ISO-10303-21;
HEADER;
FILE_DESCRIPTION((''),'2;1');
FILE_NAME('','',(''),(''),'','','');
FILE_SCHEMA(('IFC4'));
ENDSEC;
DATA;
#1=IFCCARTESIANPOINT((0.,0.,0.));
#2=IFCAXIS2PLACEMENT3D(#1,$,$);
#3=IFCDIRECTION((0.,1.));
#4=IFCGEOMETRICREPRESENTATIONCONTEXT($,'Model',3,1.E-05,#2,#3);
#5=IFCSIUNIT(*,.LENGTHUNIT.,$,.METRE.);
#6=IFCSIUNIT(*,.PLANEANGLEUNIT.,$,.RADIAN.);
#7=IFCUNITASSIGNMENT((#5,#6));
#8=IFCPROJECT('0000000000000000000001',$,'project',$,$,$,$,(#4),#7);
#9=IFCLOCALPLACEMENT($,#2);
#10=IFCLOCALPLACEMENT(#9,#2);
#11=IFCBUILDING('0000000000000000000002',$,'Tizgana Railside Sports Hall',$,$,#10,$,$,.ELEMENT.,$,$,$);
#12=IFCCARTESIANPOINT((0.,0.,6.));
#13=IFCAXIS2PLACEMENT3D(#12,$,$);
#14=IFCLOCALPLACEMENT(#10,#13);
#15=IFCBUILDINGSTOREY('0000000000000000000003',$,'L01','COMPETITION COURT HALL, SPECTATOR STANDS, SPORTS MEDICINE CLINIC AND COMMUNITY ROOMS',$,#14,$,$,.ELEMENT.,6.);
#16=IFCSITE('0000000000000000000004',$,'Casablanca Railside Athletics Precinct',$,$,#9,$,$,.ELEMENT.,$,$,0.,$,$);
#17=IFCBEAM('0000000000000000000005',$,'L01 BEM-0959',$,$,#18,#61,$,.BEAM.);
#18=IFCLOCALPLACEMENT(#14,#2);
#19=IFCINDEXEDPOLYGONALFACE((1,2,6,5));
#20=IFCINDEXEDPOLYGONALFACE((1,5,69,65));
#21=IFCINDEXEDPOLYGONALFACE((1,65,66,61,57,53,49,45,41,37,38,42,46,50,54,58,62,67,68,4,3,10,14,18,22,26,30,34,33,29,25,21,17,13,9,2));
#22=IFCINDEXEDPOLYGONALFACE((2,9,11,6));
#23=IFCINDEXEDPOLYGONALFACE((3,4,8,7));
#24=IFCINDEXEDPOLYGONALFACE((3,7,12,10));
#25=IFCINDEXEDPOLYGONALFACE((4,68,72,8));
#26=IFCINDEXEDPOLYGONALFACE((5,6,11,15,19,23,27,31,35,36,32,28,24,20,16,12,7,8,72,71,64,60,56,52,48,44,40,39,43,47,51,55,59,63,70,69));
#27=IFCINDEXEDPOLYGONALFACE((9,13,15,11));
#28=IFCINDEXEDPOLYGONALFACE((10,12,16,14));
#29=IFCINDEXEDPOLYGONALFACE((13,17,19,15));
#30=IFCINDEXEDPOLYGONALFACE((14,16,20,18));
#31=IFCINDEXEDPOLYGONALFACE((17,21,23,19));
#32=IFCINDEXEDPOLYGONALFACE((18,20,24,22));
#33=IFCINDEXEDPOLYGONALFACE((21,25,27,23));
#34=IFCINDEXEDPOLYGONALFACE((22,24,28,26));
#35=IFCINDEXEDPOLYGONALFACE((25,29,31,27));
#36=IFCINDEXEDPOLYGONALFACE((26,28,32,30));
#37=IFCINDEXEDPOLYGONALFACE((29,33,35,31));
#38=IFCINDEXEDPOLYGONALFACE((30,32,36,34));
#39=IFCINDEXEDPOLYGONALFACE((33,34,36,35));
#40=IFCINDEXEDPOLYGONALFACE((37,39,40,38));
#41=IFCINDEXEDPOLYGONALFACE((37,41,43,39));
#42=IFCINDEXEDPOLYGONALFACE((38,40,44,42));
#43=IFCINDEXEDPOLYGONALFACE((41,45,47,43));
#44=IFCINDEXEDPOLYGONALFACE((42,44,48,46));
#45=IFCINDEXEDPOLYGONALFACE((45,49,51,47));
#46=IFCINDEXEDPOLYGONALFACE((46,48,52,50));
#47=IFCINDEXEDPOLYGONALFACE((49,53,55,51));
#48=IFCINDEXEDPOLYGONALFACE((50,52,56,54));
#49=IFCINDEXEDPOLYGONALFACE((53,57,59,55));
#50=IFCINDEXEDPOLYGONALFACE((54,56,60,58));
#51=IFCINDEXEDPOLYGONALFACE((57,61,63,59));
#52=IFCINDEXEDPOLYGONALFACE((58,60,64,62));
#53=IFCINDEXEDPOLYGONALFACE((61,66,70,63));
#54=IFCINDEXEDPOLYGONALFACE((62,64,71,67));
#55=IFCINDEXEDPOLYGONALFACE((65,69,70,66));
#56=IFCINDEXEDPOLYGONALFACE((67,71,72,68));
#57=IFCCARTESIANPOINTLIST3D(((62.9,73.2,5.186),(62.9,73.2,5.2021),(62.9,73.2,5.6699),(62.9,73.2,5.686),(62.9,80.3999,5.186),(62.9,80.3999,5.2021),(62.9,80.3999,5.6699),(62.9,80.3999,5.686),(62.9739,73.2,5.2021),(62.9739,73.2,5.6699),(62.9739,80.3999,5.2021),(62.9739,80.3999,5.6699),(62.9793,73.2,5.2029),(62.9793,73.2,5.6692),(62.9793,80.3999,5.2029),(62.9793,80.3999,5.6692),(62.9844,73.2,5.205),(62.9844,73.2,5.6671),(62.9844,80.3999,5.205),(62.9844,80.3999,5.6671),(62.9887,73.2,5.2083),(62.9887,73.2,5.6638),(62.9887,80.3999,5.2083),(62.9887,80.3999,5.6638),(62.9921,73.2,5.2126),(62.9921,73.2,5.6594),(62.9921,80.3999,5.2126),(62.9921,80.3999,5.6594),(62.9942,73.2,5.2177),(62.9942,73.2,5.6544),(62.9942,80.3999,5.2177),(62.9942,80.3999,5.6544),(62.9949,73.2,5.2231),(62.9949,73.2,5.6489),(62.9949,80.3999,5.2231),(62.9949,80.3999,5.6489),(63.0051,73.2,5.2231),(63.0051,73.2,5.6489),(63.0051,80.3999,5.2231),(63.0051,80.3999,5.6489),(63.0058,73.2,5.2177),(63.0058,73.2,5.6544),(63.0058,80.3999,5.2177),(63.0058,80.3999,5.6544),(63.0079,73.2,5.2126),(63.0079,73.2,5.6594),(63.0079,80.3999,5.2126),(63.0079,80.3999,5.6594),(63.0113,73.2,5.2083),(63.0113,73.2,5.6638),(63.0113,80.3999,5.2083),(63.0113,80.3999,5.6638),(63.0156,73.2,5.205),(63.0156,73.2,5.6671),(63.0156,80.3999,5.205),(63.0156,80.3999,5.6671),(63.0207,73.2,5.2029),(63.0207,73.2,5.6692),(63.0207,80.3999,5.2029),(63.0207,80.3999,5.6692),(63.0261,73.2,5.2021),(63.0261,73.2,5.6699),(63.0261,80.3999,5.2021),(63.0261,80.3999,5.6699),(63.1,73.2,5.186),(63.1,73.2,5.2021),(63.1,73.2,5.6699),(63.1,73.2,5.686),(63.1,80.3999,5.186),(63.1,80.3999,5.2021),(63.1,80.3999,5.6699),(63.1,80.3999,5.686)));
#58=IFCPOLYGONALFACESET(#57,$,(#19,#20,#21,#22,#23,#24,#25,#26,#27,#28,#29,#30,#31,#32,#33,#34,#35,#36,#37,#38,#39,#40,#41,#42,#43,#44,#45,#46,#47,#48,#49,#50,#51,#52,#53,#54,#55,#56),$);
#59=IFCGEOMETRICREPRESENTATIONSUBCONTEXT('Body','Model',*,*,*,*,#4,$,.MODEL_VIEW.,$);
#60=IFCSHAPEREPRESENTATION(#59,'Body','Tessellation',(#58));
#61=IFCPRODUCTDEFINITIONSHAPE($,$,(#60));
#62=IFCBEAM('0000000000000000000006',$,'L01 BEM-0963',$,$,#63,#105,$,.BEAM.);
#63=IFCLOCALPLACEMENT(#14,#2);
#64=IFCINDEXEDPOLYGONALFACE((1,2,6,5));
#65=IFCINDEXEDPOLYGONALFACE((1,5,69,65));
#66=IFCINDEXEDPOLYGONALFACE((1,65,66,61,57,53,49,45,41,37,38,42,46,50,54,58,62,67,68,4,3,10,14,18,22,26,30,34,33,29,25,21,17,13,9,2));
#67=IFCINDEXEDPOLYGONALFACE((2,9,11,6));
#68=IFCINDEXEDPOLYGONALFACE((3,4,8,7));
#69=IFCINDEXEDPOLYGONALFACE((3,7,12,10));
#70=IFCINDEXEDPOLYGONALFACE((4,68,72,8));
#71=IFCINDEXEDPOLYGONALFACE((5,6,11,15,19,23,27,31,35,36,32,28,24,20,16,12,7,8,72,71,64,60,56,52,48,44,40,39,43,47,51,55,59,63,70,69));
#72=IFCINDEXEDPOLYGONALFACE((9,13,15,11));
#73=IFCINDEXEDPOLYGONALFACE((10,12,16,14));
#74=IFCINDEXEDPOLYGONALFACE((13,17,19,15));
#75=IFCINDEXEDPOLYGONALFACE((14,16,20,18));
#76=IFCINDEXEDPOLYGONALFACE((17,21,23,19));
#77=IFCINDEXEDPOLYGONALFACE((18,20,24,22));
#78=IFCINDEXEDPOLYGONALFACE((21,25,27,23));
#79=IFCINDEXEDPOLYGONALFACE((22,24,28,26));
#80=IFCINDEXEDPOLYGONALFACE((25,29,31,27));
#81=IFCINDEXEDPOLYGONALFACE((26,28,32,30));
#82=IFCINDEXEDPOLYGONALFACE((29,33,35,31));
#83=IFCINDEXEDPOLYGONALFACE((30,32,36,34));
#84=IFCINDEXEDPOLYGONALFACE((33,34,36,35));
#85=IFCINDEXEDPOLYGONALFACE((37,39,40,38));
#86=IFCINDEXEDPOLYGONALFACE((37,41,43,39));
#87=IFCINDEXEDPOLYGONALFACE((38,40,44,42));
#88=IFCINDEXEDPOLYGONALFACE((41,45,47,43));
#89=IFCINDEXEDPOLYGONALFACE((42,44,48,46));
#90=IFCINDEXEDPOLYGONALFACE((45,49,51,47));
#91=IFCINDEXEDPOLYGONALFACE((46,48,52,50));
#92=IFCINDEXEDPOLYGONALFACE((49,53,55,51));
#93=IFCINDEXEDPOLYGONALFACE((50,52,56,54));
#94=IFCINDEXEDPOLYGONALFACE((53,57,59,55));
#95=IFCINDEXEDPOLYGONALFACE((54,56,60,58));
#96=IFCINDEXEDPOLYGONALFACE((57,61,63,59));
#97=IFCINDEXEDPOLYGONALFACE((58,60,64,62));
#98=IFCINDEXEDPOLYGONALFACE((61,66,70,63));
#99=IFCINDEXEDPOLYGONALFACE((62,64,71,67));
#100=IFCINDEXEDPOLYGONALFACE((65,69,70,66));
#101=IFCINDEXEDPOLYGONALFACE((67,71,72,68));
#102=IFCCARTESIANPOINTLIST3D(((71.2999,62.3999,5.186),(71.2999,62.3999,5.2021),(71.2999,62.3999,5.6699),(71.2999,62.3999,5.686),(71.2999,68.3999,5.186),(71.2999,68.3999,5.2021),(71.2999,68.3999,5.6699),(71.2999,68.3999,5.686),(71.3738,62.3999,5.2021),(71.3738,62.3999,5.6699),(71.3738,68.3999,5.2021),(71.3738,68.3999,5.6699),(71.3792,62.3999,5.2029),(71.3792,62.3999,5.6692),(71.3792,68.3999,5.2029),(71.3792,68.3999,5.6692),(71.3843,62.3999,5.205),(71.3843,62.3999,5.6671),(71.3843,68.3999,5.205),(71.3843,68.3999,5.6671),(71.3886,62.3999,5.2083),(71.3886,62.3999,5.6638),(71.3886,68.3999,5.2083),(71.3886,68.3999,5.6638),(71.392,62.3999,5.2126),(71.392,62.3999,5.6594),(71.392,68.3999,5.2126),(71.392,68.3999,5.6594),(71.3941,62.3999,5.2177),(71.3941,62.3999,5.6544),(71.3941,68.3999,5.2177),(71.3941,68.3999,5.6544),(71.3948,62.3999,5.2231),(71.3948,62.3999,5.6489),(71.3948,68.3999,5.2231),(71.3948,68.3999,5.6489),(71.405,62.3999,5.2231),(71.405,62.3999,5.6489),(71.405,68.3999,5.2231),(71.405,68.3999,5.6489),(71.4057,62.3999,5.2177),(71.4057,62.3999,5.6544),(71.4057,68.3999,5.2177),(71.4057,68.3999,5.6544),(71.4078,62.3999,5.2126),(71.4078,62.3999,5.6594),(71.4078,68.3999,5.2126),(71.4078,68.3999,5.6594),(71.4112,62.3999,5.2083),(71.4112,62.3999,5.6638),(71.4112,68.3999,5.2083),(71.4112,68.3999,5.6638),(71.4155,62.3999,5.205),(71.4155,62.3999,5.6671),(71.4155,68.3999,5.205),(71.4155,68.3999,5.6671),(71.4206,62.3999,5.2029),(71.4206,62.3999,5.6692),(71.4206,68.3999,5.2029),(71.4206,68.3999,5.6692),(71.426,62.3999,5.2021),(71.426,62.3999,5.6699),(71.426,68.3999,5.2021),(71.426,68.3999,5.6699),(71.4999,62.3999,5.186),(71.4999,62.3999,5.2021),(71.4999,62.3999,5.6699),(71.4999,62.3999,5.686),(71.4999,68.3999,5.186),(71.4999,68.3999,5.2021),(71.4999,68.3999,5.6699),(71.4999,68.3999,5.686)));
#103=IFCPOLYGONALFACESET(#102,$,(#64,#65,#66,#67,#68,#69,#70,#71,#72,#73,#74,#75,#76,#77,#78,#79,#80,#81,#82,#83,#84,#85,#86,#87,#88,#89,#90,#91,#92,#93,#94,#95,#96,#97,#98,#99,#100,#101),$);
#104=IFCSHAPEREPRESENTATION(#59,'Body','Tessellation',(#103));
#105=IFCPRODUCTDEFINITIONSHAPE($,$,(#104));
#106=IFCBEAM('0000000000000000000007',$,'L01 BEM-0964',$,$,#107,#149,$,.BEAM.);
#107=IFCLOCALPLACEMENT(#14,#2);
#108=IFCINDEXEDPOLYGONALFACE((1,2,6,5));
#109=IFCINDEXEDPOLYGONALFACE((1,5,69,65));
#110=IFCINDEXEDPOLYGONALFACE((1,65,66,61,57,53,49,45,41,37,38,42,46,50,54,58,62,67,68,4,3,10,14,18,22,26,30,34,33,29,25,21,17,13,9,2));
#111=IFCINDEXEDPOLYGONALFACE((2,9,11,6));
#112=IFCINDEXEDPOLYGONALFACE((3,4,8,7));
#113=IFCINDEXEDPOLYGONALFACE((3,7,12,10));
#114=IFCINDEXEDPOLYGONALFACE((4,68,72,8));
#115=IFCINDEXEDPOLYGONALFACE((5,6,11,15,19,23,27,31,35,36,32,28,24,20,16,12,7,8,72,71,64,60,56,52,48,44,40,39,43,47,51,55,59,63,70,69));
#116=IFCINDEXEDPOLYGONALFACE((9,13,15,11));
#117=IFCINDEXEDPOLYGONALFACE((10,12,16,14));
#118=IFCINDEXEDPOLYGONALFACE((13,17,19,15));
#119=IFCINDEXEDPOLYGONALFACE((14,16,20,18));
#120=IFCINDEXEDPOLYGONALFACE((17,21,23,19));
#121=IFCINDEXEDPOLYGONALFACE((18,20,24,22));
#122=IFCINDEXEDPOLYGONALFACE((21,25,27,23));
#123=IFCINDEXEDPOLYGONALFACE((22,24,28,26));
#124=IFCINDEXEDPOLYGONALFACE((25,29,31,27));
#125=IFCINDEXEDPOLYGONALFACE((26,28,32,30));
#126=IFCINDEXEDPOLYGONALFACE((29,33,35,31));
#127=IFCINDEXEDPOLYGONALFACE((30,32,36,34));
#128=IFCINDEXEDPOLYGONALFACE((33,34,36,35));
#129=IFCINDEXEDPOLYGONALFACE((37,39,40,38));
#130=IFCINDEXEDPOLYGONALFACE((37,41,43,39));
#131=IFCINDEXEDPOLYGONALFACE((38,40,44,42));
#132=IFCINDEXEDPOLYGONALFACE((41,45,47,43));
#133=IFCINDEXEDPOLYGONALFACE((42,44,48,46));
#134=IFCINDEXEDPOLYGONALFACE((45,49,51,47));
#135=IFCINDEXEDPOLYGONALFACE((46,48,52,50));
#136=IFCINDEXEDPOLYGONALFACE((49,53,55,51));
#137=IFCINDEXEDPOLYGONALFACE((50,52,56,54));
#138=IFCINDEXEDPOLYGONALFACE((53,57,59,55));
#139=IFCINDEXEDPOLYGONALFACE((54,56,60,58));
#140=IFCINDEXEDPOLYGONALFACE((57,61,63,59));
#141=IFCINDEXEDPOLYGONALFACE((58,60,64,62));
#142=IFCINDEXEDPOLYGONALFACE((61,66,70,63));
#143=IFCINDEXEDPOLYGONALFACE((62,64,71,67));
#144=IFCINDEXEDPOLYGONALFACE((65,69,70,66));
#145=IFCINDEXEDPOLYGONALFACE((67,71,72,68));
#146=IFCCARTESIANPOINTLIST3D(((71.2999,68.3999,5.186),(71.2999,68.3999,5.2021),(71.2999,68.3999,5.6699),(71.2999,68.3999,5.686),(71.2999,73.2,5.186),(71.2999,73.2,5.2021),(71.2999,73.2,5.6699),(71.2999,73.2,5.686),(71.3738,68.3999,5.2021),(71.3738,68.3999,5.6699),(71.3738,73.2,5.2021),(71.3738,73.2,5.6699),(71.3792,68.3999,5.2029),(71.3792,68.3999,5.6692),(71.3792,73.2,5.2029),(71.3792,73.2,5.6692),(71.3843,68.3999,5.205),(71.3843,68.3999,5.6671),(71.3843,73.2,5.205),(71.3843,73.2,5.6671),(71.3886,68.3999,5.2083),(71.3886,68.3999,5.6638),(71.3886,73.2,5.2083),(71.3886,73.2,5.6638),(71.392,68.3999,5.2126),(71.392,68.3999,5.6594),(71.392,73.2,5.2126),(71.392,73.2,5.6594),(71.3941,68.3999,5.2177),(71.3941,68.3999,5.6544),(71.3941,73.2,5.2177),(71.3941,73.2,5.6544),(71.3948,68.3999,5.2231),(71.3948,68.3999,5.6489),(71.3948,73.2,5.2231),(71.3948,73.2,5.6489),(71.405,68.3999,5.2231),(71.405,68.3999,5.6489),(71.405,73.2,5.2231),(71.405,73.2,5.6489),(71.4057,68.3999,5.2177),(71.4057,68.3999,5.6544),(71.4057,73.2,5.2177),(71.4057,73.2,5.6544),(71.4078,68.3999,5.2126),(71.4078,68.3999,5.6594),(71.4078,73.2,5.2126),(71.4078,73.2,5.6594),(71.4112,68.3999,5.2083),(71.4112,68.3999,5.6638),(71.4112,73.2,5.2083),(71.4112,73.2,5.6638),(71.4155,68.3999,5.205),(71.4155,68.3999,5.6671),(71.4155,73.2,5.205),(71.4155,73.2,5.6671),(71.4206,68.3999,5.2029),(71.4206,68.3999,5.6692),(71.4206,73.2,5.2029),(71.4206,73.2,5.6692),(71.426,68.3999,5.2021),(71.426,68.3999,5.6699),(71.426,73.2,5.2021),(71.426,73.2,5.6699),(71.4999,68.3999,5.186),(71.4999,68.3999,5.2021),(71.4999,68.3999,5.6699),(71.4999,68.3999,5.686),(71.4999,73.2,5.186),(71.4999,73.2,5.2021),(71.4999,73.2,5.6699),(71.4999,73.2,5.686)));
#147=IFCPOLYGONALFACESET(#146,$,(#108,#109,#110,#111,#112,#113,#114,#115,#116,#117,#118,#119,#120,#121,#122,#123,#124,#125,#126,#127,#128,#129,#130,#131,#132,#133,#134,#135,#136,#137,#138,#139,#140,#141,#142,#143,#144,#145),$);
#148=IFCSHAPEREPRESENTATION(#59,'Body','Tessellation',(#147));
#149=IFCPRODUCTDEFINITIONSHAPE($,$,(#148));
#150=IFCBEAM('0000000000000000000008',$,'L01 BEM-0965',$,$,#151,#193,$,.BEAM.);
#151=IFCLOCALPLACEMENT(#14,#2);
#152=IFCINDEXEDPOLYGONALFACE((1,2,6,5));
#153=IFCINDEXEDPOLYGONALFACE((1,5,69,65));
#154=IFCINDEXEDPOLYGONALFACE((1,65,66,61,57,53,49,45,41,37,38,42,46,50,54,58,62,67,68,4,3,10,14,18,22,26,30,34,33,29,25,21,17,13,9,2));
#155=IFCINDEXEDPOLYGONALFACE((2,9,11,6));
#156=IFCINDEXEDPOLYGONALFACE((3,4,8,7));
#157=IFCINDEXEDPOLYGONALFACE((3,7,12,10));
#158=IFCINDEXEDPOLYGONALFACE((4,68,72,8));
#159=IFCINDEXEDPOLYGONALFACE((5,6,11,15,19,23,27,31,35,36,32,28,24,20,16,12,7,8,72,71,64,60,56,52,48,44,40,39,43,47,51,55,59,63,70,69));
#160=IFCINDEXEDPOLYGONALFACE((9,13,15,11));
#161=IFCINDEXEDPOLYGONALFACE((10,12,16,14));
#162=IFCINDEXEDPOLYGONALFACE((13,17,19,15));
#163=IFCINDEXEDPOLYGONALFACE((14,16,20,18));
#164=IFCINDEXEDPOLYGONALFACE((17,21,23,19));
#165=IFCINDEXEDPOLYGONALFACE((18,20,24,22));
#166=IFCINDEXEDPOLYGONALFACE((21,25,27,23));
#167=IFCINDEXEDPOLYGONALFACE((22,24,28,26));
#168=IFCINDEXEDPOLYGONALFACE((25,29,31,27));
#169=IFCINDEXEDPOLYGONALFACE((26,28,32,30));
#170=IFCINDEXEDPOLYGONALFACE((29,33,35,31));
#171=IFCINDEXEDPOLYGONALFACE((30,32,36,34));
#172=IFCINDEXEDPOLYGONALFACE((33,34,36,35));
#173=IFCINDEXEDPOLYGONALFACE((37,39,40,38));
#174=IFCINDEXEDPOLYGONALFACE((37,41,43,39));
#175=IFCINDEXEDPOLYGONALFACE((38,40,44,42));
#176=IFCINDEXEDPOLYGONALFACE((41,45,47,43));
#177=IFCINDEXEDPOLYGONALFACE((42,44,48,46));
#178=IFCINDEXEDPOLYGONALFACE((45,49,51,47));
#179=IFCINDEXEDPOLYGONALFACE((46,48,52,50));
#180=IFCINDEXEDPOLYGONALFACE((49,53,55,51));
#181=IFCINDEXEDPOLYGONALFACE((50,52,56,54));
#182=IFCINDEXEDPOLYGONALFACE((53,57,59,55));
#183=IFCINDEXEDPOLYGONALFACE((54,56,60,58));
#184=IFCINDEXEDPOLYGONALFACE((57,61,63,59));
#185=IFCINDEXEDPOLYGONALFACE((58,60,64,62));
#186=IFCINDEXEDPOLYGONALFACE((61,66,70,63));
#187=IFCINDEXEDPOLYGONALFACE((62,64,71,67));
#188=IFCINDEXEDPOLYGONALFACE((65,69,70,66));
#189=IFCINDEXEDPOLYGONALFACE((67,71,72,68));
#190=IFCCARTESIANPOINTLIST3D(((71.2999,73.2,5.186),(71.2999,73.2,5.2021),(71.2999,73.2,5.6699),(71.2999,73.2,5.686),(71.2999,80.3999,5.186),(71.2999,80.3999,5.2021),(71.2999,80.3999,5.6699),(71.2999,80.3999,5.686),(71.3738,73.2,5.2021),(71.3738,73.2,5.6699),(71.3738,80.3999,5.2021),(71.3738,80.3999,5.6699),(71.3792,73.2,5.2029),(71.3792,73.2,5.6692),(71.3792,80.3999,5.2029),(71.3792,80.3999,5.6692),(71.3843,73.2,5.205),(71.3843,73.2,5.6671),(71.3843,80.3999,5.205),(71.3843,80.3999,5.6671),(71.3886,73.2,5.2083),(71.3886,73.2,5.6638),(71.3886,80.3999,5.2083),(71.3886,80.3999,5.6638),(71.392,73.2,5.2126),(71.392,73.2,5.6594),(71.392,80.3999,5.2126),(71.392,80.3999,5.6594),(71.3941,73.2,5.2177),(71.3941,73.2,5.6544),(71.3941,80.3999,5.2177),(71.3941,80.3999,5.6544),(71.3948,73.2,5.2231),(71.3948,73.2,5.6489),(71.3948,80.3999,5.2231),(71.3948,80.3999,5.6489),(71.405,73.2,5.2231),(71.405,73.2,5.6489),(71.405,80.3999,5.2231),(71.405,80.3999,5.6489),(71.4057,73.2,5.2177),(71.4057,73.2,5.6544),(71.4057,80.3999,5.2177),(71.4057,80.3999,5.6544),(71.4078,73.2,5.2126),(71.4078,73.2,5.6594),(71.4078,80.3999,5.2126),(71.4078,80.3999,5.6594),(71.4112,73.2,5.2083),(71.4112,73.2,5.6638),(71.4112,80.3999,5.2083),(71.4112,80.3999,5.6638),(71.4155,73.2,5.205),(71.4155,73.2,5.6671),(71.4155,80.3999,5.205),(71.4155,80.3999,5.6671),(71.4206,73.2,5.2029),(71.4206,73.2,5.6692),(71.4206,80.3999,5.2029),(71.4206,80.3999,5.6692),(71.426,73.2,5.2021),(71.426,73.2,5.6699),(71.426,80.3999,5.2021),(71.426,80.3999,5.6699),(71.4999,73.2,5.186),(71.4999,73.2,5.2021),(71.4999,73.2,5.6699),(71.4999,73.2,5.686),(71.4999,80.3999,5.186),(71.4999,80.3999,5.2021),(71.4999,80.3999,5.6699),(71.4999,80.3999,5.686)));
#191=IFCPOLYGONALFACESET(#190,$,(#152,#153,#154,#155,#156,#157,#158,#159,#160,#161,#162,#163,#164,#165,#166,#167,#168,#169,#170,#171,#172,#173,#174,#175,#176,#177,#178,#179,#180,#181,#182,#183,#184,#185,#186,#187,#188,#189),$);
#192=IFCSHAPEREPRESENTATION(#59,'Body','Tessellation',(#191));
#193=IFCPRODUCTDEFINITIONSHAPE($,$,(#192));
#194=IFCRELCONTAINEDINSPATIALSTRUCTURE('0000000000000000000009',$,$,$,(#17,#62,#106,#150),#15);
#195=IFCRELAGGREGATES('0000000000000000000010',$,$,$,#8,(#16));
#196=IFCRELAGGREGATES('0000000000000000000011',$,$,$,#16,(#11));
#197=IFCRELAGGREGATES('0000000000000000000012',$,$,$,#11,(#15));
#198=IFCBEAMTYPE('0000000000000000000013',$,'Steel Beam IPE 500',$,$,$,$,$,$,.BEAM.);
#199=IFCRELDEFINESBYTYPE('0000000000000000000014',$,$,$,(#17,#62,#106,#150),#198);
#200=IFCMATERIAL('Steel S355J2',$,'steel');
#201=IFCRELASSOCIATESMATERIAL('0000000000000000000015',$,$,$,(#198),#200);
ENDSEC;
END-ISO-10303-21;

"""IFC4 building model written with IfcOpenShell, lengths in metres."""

from ifc_helpers import new_model, si_unit, direction, frame, origin, origin_2d, place, context, subcontext, project, spatial, i_section, extrude, material, material_profile, profile_set, type_object, element, save


model = new_model("IFC4")

# Units and contexts
model_context = context("Model", 3, precision=1e-05, world=origin(), true_north=direction((0.0, 1.0)))
body_context = subcontext(model_context, "Body", "Model", "MODEL_VIEW")
ifc_project = project(units=[si_unit("LENGTHUNIT", "METRE"), si_unit("PLANEANGLEUNIT", "RADIAN")], contexts=[model_context])

# Site, building, storey
site_placement = place(None, origin())
site = spatial("IfcSite", under=ifc_project, at=site_placement, Name="Casablanca Railside Athletics Precinct", CompositionType="ELEMENT", RefElevation=0.0)
building_placement = place(site_placement, origin())
building = spatial("IfcBuilding", under=site, at=building_placement, Name="Tizgana Railside Sports Hall", CompositionType="ELEMENT")
storey_placement = place(building_placement, frame((0.0, 0.0, 6.0)))
storey = spatial("IfcBuildingStorey", under=building, at=storey_placement, Name="L01", Description="COMPETITION COURT HALL, SPECTATOR STANDS, SPORTS MEDICINE CLINIC AND COMMUNITY ROOMS", CompositionType="ELEMENT", Elevation=6.0)

# Shared definitions
ifc_material_1 = material(Name="Steel S355J2", Category="steel")

# Beams
ifc_material_profile_1 = material_profile(ifc_material_1, i_section(OverallWidth=0.2, OverallDepth=0.5, WebThickness=0.0103, FlangeThickness=0.0161, FilletRadius=0.021, at=origin_2d()), Name="IPE 500")
ifc_profile_set_1 = profile_set([ifc_material_profile_1], Name="Steel S355J2")
beam_type_1 = type_object("IfcBeamType", Name="Steel Beam IPE 500", PredefinedType="BEAM", material=ifc_profile_set_1)
beam_1_placement = place(storey_placement, frame((63.0, 73.2, 5.436), z_axis=(0.0, 1.0, 0.0), x_axis=(-1.0, 0.0, 0.0)))
element("IfcBeam", 1, at=beam_1_placement, inside=storey, type_object=beam_type_1, Name="L01 BEM-0959", PredefinedType="BEAM", context=body_context, shape_type="SweptSolid", body=[
    extrude(i_section(OverallWidth=0.2, OverallDepth=0.5, WebThickness=0.0103, FlangeThickness=0.0161, FilletRadius=0.021, at=origin_2d()), origin(), (0.0, 0.0, 1.0), 7.2),
])
beam_2_placement = place(storey_placement, frame((71.3999, 62.3999, 5.436), z_axis=(0.0, 1.0, 0.0), x_axis=(-1.0, 0.0, 0.0)))
element("IfcBeam", 2, at=beam_2_placement, inside=storey, type_object=beam_type_1, Name="L01 BEM-0963", PredefinedType="BEAM", context=body_context, shape_type="SweptSolid", body=[
    extrude(i_section(OverallWidth=0.2, OverallDepth=0.5, WebThickness=0.0103, FlangeThickness=0.0161, FilletRadius=0.021, at=origin_2d()), origin(), (0.0, 0.0, 1.0), 6.0),
])
beam_3_placement = place(storey_placement, frame((71.3999, 68.3999, 5.436), z_axis=(0.0, 1.0, 0.0), x_axis=(-1.0, 0.0, 0.0)))
element("IfcBeam", 3, at=beam_3_placement, inside=storey, type_object=beam_type_1, Name="L01 BEM-0964", PredefinedType="BEAM", context=body_context, shape_type="SweptSolid", body=[
    extrude(i_section(OverallWidth=0.2, OverallDepth=0.5, WebThickness=0.0103, FlangeThickness=0.0161, FilletRadius=0.021, at=origin_2d()), origin(), (0.0, 0.0, 1.0), 4.8),
])
beam_4_placement = place(storey_placement, frame((71.3999, 73.2, 5.436), z_axis=(0.0, 1.0, 0.0), x_axis=(-1.0, 0.0, 0.0)))
element("IfcBeam", 4, at=beam_4_placement, inside=storey, type_object=beam_type_1, Name="L01 BEM-0965", PredefinedType="BEAM", context=body_context, shape_type="SweptSolid", body=[
    extrude(i_section(OverallWidth=0.2, OverallDepth=0.5, WebThickness=0.0103, FlangeThickness=0.0161, FilletRadius=0.021, at=origin_2d()), origin(), (0.0, 0.0, 1.0), 7.2),
])

save(model, "model.ifc")
